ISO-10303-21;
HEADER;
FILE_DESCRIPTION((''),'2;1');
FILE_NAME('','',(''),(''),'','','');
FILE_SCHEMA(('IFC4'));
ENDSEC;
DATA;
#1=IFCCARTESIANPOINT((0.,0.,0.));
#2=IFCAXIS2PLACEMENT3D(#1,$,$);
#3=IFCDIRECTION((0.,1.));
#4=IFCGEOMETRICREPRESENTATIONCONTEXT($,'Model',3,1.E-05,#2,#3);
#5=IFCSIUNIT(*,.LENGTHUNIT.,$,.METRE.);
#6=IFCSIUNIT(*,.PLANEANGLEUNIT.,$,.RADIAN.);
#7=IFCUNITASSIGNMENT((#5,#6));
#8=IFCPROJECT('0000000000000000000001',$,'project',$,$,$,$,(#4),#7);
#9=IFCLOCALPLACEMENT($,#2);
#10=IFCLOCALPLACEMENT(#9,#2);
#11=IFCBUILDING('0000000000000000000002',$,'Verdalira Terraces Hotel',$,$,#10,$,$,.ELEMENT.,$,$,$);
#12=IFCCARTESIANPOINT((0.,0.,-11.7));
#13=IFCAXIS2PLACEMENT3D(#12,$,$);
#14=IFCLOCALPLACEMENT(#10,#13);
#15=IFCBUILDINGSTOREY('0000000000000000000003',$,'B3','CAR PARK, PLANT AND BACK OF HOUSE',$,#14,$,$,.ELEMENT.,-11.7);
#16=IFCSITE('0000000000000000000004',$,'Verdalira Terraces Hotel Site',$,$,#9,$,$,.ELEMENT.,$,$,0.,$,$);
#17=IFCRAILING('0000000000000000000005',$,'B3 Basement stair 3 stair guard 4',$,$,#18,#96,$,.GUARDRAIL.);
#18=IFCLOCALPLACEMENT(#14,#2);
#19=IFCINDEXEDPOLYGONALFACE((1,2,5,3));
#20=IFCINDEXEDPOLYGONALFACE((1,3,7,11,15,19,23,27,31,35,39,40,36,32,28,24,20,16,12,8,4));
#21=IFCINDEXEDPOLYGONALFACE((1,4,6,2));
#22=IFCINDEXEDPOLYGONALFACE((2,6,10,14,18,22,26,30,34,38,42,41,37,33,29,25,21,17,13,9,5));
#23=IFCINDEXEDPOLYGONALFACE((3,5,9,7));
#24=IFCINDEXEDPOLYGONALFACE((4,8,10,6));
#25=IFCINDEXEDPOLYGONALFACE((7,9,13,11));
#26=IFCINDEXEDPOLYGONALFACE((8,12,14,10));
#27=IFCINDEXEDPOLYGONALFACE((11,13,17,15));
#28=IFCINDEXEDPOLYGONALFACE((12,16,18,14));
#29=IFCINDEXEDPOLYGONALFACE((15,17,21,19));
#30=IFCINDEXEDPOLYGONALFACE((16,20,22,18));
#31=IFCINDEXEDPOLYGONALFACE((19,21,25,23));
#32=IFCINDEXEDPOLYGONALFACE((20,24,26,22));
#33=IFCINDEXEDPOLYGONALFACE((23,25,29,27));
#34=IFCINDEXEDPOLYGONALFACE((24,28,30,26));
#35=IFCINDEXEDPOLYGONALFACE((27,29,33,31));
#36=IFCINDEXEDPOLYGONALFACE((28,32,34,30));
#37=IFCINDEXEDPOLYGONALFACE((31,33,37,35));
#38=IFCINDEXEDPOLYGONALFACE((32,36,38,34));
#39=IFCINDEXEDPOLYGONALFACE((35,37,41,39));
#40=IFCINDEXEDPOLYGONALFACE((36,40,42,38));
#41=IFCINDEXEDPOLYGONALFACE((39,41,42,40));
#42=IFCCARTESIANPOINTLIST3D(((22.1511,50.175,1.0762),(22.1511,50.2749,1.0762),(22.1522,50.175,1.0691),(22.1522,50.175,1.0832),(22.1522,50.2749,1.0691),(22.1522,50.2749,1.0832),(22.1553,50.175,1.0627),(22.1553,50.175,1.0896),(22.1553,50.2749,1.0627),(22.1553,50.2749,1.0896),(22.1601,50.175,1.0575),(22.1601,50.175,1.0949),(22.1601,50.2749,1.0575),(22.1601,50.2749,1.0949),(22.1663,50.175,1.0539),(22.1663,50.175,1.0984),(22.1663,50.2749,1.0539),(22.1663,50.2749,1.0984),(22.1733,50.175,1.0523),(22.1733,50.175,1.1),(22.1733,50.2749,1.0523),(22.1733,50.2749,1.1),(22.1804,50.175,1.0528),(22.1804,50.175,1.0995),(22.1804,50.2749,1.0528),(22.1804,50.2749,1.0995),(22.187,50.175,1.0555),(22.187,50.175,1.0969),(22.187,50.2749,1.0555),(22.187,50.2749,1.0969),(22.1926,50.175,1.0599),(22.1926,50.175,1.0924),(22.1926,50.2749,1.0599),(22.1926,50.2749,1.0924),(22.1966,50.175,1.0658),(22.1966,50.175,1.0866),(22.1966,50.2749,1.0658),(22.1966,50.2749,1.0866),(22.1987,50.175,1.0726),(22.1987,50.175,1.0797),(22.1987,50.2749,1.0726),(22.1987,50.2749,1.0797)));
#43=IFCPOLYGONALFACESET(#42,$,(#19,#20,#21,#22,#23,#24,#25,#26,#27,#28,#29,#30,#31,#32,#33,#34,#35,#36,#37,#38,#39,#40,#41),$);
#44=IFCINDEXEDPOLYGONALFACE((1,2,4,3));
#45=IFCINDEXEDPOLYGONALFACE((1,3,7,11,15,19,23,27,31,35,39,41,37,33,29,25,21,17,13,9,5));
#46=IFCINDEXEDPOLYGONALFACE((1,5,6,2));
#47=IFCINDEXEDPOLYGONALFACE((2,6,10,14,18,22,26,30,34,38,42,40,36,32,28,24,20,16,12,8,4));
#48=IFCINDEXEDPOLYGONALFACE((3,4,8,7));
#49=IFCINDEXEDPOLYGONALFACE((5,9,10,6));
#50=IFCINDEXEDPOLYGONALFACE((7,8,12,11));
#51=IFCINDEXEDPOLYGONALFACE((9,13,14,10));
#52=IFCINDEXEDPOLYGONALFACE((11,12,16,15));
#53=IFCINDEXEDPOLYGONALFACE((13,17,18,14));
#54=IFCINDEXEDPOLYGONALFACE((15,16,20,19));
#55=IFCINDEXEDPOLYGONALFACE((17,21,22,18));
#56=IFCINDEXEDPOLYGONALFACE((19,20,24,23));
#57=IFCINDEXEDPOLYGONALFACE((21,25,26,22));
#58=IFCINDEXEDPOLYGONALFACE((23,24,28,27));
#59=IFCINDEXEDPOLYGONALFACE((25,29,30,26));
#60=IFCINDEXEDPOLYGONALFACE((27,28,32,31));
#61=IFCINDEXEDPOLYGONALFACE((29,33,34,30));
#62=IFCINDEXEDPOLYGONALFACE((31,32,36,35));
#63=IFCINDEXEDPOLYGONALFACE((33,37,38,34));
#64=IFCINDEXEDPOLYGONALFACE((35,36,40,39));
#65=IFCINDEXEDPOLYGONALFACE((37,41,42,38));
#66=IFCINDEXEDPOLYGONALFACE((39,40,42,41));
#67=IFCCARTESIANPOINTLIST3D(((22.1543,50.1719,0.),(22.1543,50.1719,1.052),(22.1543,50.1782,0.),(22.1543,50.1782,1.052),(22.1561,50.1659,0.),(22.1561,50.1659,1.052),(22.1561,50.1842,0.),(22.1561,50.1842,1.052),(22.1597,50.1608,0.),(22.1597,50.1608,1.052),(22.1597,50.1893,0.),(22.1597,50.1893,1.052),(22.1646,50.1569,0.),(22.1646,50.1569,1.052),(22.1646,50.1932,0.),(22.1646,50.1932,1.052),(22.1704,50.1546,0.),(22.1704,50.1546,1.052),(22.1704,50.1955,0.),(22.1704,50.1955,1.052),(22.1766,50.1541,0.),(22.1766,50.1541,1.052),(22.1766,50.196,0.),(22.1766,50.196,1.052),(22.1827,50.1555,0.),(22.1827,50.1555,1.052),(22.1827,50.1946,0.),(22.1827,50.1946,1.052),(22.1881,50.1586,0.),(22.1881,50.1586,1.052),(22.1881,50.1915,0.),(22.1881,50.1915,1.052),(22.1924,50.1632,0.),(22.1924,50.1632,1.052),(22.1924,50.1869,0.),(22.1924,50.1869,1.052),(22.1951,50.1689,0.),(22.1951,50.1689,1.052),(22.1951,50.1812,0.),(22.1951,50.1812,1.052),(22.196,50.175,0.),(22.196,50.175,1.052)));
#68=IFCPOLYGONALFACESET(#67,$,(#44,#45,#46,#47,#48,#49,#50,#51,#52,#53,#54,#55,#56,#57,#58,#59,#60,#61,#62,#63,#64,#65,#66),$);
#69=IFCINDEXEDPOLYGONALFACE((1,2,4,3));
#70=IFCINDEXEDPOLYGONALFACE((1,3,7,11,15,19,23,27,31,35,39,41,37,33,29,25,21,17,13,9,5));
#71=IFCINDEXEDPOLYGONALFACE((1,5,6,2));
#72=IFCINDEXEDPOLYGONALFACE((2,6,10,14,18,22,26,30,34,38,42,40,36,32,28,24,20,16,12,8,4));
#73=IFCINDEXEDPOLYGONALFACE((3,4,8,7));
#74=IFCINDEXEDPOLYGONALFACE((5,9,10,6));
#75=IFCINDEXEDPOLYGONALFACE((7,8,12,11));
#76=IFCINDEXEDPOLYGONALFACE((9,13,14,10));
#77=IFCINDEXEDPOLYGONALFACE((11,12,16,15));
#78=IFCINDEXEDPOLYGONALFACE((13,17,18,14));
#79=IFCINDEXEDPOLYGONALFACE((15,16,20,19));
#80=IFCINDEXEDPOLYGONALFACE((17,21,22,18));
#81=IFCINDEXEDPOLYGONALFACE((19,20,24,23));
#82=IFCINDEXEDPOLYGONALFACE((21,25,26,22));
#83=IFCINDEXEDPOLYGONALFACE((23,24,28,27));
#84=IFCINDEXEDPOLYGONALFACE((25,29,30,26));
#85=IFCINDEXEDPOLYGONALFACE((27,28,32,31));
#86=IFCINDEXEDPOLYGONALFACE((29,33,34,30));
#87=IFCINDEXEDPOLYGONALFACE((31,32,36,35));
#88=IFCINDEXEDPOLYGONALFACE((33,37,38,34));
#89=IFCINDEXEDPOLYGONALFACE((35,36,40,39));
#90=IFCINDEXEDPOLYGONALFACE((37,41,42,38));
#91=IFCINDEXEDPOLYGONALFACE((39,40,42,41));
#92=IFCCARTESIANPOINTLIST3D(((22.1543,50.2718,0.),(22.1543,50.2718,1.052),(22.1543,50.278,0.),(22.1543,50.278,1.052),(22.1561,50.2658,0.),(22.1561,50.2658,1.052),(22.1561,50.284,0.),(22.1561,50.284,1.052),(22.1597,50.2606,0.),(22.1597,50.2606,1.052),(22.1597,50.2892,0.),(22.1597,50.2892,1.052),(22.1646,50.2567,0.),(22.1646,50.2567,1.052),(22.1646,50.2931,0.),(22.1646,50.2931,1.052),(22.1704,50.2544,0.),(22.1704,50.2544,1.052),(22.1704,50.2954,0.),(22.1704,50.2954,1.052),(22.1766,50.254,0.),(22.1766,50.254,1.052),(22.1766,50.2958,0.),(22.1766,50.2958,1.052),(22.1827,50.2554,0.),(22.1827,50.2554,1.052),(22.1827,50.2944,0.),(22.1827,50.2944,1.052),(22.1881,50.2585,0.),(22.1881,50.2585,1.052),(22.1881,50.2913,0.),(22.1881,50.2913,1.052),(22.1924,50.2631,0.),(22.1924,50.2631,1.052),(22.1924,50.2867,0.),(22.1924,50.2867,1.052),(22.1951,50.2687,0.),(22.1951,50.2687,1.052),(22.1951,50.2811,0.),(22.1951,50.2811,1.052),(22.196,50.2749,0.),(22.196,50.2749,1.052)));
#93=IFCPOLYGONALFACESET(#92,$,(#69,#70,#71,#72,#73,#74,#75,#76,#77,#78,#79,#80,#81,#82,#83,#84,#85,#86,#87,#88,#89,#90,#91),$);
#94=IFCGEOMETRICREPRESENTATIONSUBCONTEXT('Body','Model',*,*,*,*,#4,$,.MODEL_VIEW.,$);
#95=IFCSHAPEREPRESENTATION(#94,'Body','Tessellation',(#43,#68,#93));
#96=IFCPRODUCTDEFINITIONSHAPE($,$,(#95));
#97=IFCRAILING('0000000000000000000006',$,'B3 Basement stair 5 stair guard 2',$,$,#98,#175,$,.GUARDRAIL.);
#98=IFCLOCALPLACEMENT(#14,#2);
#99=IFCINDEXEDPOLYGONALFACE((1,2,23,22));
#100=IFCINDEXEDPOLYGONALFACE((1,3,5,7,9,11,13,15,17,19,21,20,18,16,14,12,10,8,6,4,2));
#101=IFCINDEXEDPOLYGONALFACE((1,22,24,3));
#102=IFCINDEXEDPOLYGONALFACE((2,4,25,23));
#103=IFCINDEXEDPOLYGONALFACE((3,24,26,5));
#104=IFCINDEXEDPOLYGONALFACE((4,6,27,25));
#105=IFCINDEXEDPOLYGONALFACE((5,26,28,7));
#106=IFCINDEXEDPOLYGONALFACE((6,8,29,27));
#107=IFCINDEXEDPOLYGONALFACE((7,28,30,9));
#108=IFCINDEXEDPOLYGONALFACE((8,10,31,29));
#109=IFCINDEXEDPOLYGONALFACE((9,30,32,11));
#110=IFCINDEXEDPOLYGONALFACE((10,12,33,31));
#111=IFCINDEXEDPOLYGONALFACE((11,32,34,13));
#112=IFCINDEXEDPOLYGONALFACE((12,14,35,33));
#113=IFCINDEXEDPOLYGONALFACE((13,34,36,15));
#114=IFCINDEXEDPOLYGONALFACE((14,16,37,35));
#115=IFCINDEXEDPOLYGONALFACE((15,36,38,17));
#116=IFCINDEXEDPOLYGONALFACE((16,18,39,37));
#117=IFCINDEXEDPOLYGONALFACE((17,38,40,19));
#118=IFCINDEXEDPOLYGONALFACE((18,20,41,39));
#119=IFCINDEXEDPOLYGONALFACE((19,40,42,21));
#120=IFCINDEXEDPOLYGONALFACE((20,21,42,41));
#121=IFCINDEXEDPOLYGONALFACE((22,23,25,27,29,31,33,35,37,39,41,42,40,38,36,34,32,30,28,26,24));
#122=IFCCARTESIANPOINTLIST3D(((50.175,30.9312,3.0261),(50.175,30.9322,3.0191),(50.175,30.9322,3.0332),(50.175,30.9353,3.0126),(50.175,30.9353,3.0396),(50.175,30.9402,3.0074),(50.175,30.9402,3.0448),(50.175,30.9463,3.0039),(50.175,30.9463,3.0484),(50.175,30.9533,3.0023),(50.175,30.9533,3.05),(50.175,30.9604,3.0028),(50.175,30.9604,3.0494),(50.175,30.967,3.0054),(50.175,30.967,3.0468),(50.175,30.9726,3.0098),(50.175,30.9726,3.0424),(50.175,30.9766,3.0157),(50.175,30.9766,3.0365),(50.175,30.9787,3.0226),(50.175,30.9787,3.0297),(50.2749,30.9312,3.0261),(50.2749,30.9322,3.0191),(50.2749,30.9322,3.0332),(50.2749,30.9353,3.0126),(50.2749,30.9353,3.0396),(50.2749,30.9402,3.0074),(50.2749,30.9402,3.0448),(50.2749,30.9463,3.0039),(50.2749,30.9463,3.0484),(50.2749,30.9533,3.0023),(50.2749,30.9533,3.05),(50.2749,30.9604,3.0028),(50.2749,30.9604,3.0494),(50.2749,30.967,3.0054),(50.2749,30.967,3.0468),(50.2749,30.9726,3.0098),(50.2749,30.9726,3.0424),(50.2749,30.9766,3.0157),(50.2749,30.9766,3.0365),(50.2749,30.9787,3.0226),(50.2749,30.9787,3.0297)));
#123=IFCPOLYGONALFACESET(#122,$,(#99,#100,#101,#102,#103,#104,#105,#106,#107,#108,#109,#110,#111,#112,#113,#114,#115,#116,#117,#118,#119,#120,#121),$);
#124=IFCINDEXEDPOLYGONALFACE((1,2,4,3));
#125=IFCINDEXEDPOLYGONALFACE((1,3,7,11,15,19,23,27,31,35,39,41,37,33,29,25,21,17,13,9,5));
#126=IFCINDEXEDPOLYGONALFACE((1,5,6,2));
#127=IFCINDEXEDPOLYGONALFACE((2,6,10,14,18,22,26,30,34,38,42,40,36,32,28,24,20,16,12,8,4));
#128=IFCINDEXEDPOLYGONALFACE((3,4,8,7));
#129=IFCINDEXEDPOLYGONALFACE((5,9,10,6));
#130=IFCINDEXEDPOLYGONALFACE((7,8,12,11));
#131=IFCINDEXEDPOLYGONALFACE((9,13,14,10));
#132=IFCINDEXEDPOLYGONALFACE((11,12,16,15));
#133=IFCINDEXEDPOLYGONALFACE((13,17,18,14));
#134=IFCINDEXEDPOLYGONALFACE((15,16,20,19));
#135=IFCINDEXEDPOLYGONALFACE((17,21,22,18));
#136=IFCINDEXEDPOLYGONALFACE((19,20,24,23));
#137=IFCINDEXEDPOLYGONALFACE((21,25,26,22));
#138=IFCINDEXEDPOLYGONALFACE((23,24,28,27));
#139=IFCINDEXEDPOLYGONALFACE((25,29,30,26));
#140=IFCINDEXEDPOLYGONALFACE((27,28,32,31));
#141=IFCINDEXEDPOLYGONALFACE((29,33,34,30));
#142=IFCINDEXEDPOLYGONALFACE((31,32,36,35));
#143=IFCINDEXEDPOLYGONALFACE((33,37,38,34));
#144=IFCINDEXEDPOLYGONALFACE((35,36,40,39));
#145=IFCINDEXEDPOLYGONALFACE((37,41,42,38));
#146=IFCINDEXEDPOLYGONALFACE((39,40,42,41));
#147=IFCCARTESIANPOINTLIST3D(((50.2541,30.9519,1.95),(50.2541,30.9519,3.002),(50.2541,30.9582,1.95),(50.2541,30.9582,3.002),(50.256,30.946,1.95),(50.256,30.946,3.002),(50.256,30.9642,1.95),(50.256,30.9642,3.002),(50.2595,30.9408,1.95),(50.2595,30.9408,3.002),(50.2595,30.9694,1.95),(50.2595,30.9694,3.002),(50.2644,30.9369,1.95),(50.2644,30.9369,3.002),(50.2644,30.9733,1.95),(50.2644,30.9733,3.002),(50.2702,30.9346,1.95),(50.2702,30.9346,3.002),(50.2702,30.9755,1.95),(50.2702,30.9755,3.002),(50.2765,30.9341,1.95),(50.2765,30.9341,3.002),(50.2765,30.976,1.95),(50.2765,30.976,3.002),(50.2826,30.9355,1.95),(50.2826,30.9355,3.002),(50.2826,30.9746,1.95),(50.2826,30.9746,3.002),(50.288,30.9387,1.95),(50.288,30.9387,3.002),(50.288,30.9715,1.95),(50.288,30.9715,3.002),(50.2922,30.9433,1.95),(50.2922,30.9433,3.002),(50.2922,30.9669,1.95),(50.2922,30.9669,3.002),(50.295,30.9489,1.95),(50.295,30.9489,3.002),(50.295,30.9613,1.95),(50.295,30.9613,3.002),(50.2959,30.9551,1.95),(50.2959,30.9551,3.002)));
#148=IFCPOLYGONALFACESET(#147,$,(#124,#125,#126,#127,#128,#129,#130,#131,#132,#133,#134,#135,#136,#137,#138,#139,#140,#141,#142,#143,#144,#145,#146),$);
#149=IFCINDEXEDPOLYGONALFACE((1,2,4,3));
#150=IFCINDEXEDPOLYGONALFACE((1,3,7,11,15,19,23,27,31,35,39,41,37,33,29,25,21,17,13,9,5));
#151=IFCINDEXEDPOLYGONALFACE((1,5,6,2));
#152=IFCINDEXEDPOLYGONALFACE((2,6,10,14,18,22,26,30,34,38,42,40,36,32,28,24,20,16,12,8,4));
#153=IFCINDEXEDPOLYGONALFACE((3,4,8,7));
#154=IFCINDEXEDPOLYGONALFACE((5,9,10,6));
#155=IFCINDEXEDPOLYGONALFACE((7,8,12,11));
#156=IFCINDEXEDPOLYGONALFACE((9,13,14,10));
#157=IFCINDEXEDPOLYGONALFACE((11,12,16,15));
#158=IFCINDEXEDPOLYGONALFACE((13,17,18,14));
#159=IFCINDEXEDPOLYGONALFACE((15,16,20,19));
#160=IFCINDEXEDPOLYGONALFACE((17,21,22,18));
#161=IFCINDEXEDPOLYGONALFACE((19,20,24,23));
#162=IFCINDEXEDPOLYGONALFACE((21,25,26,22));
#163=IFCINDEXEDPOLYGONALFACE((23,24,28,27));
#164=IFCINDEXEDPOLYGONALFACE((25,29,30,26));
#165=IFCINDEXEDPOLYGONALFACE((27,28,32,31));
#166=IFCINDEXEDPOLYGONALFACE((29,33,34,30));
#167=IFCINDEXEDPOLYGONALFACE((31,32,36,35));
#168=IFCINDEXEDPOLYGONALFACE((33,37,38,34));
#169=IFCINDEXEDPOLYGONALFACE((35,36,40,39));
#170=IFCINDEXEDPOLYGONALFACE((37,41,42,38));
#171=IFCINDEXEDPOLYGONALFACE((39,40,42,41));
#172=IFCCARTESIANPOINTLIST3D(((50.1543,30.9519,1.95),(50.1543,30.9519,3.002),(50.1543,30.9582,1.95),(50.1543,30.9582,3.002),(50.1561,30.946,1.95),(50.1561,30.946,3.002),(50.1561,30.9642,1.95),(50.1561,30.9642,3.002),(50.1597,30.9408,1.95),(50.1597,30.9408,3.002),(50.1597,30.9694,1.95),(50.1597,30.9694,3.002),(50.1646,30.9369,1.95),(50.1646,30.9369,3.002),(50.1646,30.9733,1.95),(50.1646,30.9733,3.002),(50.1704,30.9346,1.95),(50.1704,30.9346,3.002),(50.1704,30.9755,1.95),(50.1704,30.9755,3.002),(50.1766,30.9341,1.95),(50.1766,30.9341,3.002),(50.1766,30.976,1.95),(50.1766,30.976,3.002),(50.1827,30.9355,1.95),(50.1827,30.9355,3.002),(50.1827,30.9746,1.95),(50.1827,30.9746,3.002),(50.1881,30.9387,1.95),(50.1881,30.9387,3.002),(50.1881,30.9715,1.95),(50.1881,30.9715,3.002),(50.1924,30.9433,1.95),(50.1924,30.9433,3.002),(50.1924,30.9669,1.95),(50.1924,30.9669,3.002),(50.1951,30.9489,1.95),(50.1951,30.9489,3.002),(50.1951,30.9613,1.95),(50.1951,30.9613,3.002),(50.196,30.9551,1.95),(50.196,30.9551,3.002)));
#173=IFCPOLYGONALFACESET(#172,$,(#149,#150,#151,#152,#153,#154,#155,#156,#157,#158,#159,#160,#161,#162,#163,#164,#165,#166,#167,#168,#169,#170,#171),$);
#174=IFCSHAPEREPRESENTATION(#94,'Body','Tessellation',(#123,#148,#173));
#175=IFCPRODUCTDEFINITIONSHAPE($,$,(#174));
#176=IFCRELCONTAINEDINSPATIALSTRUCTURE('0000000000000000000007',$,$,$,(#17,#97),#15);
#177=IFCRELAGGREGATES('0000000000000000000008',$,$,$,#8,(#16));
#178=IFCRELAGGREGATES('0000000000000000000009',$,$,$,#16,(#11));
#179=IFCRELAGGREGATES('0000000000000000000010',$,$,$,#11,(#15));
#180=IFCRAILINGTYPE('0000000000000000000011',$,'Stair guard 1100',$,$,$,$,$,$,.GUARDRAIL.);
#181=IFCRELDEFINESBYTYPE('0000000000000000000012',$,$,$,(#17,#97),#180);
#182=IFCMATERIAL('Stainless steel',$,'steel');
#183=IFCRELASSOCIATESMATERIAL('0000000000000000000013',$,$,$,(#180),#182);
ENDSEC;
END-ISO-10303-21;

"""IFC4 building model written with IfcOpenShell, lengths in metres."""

from ifc_helpers import new_model, si_unit, direction, frame, origin, origin_2d, place, context, subcontext, project, spatial, circle, extrude, material, type_object, element, save


model = new_model("IFC4")

# Units and contexts
model_context = context("Model", 3, precision=1e-05, world=origin(), true_north=direction((0.0, 1.0)))
body_context = subcontext(model_context, "Body", "Model", "MODEL_VIEW")
ifc_project = project(units=[si_unit("LENGTHUNIT", "METRE"), si_unit("PLANEANGLEUNIT", "RADIAN")], contexts=[model_context])

# Site, building, storey
site_placement = place(None, origin())
site = spatial("IfcSite", under=ifc_project, at=site_placement, Name="Verdalira Terraces Hotel Site", CompositionType="ELEMENT", RefElevation=0.0)
building_placement = place(site_placement, origin())
building = spatial("IfcBuilding", under=site, at=building_placement, Name="Verdalira Terraces Hotel", CompositionType="ELEMENT")
storey_placement = place(building_placement, frame((0.0, 0.0, -11.7)))
storey = spatial("IfcBuildingStorey", under=building, at=storey_placement, Name="B3", Description="CAR PARK, PLANT AND BACK OF HOUSE", CompositionType="ELEMENT", Elevation=-11.7)

# Railings
ifc_material_1 = material(Name="Stainless steel", Category="steel")
railing_type_1 = type_object("IfcRailingType", Name="Stair guard 1100", PredefinedType="GUARDRAIL", material=ifc_material_1)
railing_1_placement = place(storey_placement, frame((22.175, 50.175, 0.0)))
element("IfcRailing", 1, at=railing_1_placement, inside=storey, type_object=railing_type_1, Name="B3 Basement stair 3 stair guard 4", PredefinedType="GUARDRAIL", context=body_context, shape_type="SweptSolid", body=[
    extrude(circle(Radius=0.0239, at=origin_2d()), frame((0.0, 0.0, 1.0762), z_axis=(0.0, 1.0, 0.0), x_axis=(-1.0, 0.0, 0.0)), (0.0, 0.0, 1.0), 0.0999),
    extrude(circle(Radius=0.021, at=origin_2d()), origin(), (0.0, 0.0, 1.0), 1.052),
    extrude(circle(Radius=0.021, at=origin_2d()), frame((0.0, 0.0999, 0.0)), (0.0, 0.0, 1.0), 1.052),
])
railing_2_placement = place(storey_placement, frame((50.2749, 30.9551, 1.95)))
element("IfcRailing", 2, at=railing_2_placement, inside=storey, type_object=railing_type_1, Name="B3 Basement stair 5 stair guard 2", PredefinedType="GUARDRAIL", context=body_context, shape_type="SweptSolid", body=[
    extrude(circle(Radius=0.0239, at=origin_2d()), frame((0.0, 0.0, 1.0762), z_axis=(-1.0, 0.0, 0.0), x_axis=(0.0, -1.0, 0.0)), (0.0, 0.0, 1.0), 0.0999),
    extrude(circle(Radius=0.021, at=origin_2d()), origin(), (0.0, 0.0, 1.0), 1.052),
    extrude(circle(Radius=0.021, at=origin_2d()), frame((-0.0999, 0.0, 0.0)), (0.0, 0.0, 1.0), 1.052),
])

save(model, "model.ifc")
